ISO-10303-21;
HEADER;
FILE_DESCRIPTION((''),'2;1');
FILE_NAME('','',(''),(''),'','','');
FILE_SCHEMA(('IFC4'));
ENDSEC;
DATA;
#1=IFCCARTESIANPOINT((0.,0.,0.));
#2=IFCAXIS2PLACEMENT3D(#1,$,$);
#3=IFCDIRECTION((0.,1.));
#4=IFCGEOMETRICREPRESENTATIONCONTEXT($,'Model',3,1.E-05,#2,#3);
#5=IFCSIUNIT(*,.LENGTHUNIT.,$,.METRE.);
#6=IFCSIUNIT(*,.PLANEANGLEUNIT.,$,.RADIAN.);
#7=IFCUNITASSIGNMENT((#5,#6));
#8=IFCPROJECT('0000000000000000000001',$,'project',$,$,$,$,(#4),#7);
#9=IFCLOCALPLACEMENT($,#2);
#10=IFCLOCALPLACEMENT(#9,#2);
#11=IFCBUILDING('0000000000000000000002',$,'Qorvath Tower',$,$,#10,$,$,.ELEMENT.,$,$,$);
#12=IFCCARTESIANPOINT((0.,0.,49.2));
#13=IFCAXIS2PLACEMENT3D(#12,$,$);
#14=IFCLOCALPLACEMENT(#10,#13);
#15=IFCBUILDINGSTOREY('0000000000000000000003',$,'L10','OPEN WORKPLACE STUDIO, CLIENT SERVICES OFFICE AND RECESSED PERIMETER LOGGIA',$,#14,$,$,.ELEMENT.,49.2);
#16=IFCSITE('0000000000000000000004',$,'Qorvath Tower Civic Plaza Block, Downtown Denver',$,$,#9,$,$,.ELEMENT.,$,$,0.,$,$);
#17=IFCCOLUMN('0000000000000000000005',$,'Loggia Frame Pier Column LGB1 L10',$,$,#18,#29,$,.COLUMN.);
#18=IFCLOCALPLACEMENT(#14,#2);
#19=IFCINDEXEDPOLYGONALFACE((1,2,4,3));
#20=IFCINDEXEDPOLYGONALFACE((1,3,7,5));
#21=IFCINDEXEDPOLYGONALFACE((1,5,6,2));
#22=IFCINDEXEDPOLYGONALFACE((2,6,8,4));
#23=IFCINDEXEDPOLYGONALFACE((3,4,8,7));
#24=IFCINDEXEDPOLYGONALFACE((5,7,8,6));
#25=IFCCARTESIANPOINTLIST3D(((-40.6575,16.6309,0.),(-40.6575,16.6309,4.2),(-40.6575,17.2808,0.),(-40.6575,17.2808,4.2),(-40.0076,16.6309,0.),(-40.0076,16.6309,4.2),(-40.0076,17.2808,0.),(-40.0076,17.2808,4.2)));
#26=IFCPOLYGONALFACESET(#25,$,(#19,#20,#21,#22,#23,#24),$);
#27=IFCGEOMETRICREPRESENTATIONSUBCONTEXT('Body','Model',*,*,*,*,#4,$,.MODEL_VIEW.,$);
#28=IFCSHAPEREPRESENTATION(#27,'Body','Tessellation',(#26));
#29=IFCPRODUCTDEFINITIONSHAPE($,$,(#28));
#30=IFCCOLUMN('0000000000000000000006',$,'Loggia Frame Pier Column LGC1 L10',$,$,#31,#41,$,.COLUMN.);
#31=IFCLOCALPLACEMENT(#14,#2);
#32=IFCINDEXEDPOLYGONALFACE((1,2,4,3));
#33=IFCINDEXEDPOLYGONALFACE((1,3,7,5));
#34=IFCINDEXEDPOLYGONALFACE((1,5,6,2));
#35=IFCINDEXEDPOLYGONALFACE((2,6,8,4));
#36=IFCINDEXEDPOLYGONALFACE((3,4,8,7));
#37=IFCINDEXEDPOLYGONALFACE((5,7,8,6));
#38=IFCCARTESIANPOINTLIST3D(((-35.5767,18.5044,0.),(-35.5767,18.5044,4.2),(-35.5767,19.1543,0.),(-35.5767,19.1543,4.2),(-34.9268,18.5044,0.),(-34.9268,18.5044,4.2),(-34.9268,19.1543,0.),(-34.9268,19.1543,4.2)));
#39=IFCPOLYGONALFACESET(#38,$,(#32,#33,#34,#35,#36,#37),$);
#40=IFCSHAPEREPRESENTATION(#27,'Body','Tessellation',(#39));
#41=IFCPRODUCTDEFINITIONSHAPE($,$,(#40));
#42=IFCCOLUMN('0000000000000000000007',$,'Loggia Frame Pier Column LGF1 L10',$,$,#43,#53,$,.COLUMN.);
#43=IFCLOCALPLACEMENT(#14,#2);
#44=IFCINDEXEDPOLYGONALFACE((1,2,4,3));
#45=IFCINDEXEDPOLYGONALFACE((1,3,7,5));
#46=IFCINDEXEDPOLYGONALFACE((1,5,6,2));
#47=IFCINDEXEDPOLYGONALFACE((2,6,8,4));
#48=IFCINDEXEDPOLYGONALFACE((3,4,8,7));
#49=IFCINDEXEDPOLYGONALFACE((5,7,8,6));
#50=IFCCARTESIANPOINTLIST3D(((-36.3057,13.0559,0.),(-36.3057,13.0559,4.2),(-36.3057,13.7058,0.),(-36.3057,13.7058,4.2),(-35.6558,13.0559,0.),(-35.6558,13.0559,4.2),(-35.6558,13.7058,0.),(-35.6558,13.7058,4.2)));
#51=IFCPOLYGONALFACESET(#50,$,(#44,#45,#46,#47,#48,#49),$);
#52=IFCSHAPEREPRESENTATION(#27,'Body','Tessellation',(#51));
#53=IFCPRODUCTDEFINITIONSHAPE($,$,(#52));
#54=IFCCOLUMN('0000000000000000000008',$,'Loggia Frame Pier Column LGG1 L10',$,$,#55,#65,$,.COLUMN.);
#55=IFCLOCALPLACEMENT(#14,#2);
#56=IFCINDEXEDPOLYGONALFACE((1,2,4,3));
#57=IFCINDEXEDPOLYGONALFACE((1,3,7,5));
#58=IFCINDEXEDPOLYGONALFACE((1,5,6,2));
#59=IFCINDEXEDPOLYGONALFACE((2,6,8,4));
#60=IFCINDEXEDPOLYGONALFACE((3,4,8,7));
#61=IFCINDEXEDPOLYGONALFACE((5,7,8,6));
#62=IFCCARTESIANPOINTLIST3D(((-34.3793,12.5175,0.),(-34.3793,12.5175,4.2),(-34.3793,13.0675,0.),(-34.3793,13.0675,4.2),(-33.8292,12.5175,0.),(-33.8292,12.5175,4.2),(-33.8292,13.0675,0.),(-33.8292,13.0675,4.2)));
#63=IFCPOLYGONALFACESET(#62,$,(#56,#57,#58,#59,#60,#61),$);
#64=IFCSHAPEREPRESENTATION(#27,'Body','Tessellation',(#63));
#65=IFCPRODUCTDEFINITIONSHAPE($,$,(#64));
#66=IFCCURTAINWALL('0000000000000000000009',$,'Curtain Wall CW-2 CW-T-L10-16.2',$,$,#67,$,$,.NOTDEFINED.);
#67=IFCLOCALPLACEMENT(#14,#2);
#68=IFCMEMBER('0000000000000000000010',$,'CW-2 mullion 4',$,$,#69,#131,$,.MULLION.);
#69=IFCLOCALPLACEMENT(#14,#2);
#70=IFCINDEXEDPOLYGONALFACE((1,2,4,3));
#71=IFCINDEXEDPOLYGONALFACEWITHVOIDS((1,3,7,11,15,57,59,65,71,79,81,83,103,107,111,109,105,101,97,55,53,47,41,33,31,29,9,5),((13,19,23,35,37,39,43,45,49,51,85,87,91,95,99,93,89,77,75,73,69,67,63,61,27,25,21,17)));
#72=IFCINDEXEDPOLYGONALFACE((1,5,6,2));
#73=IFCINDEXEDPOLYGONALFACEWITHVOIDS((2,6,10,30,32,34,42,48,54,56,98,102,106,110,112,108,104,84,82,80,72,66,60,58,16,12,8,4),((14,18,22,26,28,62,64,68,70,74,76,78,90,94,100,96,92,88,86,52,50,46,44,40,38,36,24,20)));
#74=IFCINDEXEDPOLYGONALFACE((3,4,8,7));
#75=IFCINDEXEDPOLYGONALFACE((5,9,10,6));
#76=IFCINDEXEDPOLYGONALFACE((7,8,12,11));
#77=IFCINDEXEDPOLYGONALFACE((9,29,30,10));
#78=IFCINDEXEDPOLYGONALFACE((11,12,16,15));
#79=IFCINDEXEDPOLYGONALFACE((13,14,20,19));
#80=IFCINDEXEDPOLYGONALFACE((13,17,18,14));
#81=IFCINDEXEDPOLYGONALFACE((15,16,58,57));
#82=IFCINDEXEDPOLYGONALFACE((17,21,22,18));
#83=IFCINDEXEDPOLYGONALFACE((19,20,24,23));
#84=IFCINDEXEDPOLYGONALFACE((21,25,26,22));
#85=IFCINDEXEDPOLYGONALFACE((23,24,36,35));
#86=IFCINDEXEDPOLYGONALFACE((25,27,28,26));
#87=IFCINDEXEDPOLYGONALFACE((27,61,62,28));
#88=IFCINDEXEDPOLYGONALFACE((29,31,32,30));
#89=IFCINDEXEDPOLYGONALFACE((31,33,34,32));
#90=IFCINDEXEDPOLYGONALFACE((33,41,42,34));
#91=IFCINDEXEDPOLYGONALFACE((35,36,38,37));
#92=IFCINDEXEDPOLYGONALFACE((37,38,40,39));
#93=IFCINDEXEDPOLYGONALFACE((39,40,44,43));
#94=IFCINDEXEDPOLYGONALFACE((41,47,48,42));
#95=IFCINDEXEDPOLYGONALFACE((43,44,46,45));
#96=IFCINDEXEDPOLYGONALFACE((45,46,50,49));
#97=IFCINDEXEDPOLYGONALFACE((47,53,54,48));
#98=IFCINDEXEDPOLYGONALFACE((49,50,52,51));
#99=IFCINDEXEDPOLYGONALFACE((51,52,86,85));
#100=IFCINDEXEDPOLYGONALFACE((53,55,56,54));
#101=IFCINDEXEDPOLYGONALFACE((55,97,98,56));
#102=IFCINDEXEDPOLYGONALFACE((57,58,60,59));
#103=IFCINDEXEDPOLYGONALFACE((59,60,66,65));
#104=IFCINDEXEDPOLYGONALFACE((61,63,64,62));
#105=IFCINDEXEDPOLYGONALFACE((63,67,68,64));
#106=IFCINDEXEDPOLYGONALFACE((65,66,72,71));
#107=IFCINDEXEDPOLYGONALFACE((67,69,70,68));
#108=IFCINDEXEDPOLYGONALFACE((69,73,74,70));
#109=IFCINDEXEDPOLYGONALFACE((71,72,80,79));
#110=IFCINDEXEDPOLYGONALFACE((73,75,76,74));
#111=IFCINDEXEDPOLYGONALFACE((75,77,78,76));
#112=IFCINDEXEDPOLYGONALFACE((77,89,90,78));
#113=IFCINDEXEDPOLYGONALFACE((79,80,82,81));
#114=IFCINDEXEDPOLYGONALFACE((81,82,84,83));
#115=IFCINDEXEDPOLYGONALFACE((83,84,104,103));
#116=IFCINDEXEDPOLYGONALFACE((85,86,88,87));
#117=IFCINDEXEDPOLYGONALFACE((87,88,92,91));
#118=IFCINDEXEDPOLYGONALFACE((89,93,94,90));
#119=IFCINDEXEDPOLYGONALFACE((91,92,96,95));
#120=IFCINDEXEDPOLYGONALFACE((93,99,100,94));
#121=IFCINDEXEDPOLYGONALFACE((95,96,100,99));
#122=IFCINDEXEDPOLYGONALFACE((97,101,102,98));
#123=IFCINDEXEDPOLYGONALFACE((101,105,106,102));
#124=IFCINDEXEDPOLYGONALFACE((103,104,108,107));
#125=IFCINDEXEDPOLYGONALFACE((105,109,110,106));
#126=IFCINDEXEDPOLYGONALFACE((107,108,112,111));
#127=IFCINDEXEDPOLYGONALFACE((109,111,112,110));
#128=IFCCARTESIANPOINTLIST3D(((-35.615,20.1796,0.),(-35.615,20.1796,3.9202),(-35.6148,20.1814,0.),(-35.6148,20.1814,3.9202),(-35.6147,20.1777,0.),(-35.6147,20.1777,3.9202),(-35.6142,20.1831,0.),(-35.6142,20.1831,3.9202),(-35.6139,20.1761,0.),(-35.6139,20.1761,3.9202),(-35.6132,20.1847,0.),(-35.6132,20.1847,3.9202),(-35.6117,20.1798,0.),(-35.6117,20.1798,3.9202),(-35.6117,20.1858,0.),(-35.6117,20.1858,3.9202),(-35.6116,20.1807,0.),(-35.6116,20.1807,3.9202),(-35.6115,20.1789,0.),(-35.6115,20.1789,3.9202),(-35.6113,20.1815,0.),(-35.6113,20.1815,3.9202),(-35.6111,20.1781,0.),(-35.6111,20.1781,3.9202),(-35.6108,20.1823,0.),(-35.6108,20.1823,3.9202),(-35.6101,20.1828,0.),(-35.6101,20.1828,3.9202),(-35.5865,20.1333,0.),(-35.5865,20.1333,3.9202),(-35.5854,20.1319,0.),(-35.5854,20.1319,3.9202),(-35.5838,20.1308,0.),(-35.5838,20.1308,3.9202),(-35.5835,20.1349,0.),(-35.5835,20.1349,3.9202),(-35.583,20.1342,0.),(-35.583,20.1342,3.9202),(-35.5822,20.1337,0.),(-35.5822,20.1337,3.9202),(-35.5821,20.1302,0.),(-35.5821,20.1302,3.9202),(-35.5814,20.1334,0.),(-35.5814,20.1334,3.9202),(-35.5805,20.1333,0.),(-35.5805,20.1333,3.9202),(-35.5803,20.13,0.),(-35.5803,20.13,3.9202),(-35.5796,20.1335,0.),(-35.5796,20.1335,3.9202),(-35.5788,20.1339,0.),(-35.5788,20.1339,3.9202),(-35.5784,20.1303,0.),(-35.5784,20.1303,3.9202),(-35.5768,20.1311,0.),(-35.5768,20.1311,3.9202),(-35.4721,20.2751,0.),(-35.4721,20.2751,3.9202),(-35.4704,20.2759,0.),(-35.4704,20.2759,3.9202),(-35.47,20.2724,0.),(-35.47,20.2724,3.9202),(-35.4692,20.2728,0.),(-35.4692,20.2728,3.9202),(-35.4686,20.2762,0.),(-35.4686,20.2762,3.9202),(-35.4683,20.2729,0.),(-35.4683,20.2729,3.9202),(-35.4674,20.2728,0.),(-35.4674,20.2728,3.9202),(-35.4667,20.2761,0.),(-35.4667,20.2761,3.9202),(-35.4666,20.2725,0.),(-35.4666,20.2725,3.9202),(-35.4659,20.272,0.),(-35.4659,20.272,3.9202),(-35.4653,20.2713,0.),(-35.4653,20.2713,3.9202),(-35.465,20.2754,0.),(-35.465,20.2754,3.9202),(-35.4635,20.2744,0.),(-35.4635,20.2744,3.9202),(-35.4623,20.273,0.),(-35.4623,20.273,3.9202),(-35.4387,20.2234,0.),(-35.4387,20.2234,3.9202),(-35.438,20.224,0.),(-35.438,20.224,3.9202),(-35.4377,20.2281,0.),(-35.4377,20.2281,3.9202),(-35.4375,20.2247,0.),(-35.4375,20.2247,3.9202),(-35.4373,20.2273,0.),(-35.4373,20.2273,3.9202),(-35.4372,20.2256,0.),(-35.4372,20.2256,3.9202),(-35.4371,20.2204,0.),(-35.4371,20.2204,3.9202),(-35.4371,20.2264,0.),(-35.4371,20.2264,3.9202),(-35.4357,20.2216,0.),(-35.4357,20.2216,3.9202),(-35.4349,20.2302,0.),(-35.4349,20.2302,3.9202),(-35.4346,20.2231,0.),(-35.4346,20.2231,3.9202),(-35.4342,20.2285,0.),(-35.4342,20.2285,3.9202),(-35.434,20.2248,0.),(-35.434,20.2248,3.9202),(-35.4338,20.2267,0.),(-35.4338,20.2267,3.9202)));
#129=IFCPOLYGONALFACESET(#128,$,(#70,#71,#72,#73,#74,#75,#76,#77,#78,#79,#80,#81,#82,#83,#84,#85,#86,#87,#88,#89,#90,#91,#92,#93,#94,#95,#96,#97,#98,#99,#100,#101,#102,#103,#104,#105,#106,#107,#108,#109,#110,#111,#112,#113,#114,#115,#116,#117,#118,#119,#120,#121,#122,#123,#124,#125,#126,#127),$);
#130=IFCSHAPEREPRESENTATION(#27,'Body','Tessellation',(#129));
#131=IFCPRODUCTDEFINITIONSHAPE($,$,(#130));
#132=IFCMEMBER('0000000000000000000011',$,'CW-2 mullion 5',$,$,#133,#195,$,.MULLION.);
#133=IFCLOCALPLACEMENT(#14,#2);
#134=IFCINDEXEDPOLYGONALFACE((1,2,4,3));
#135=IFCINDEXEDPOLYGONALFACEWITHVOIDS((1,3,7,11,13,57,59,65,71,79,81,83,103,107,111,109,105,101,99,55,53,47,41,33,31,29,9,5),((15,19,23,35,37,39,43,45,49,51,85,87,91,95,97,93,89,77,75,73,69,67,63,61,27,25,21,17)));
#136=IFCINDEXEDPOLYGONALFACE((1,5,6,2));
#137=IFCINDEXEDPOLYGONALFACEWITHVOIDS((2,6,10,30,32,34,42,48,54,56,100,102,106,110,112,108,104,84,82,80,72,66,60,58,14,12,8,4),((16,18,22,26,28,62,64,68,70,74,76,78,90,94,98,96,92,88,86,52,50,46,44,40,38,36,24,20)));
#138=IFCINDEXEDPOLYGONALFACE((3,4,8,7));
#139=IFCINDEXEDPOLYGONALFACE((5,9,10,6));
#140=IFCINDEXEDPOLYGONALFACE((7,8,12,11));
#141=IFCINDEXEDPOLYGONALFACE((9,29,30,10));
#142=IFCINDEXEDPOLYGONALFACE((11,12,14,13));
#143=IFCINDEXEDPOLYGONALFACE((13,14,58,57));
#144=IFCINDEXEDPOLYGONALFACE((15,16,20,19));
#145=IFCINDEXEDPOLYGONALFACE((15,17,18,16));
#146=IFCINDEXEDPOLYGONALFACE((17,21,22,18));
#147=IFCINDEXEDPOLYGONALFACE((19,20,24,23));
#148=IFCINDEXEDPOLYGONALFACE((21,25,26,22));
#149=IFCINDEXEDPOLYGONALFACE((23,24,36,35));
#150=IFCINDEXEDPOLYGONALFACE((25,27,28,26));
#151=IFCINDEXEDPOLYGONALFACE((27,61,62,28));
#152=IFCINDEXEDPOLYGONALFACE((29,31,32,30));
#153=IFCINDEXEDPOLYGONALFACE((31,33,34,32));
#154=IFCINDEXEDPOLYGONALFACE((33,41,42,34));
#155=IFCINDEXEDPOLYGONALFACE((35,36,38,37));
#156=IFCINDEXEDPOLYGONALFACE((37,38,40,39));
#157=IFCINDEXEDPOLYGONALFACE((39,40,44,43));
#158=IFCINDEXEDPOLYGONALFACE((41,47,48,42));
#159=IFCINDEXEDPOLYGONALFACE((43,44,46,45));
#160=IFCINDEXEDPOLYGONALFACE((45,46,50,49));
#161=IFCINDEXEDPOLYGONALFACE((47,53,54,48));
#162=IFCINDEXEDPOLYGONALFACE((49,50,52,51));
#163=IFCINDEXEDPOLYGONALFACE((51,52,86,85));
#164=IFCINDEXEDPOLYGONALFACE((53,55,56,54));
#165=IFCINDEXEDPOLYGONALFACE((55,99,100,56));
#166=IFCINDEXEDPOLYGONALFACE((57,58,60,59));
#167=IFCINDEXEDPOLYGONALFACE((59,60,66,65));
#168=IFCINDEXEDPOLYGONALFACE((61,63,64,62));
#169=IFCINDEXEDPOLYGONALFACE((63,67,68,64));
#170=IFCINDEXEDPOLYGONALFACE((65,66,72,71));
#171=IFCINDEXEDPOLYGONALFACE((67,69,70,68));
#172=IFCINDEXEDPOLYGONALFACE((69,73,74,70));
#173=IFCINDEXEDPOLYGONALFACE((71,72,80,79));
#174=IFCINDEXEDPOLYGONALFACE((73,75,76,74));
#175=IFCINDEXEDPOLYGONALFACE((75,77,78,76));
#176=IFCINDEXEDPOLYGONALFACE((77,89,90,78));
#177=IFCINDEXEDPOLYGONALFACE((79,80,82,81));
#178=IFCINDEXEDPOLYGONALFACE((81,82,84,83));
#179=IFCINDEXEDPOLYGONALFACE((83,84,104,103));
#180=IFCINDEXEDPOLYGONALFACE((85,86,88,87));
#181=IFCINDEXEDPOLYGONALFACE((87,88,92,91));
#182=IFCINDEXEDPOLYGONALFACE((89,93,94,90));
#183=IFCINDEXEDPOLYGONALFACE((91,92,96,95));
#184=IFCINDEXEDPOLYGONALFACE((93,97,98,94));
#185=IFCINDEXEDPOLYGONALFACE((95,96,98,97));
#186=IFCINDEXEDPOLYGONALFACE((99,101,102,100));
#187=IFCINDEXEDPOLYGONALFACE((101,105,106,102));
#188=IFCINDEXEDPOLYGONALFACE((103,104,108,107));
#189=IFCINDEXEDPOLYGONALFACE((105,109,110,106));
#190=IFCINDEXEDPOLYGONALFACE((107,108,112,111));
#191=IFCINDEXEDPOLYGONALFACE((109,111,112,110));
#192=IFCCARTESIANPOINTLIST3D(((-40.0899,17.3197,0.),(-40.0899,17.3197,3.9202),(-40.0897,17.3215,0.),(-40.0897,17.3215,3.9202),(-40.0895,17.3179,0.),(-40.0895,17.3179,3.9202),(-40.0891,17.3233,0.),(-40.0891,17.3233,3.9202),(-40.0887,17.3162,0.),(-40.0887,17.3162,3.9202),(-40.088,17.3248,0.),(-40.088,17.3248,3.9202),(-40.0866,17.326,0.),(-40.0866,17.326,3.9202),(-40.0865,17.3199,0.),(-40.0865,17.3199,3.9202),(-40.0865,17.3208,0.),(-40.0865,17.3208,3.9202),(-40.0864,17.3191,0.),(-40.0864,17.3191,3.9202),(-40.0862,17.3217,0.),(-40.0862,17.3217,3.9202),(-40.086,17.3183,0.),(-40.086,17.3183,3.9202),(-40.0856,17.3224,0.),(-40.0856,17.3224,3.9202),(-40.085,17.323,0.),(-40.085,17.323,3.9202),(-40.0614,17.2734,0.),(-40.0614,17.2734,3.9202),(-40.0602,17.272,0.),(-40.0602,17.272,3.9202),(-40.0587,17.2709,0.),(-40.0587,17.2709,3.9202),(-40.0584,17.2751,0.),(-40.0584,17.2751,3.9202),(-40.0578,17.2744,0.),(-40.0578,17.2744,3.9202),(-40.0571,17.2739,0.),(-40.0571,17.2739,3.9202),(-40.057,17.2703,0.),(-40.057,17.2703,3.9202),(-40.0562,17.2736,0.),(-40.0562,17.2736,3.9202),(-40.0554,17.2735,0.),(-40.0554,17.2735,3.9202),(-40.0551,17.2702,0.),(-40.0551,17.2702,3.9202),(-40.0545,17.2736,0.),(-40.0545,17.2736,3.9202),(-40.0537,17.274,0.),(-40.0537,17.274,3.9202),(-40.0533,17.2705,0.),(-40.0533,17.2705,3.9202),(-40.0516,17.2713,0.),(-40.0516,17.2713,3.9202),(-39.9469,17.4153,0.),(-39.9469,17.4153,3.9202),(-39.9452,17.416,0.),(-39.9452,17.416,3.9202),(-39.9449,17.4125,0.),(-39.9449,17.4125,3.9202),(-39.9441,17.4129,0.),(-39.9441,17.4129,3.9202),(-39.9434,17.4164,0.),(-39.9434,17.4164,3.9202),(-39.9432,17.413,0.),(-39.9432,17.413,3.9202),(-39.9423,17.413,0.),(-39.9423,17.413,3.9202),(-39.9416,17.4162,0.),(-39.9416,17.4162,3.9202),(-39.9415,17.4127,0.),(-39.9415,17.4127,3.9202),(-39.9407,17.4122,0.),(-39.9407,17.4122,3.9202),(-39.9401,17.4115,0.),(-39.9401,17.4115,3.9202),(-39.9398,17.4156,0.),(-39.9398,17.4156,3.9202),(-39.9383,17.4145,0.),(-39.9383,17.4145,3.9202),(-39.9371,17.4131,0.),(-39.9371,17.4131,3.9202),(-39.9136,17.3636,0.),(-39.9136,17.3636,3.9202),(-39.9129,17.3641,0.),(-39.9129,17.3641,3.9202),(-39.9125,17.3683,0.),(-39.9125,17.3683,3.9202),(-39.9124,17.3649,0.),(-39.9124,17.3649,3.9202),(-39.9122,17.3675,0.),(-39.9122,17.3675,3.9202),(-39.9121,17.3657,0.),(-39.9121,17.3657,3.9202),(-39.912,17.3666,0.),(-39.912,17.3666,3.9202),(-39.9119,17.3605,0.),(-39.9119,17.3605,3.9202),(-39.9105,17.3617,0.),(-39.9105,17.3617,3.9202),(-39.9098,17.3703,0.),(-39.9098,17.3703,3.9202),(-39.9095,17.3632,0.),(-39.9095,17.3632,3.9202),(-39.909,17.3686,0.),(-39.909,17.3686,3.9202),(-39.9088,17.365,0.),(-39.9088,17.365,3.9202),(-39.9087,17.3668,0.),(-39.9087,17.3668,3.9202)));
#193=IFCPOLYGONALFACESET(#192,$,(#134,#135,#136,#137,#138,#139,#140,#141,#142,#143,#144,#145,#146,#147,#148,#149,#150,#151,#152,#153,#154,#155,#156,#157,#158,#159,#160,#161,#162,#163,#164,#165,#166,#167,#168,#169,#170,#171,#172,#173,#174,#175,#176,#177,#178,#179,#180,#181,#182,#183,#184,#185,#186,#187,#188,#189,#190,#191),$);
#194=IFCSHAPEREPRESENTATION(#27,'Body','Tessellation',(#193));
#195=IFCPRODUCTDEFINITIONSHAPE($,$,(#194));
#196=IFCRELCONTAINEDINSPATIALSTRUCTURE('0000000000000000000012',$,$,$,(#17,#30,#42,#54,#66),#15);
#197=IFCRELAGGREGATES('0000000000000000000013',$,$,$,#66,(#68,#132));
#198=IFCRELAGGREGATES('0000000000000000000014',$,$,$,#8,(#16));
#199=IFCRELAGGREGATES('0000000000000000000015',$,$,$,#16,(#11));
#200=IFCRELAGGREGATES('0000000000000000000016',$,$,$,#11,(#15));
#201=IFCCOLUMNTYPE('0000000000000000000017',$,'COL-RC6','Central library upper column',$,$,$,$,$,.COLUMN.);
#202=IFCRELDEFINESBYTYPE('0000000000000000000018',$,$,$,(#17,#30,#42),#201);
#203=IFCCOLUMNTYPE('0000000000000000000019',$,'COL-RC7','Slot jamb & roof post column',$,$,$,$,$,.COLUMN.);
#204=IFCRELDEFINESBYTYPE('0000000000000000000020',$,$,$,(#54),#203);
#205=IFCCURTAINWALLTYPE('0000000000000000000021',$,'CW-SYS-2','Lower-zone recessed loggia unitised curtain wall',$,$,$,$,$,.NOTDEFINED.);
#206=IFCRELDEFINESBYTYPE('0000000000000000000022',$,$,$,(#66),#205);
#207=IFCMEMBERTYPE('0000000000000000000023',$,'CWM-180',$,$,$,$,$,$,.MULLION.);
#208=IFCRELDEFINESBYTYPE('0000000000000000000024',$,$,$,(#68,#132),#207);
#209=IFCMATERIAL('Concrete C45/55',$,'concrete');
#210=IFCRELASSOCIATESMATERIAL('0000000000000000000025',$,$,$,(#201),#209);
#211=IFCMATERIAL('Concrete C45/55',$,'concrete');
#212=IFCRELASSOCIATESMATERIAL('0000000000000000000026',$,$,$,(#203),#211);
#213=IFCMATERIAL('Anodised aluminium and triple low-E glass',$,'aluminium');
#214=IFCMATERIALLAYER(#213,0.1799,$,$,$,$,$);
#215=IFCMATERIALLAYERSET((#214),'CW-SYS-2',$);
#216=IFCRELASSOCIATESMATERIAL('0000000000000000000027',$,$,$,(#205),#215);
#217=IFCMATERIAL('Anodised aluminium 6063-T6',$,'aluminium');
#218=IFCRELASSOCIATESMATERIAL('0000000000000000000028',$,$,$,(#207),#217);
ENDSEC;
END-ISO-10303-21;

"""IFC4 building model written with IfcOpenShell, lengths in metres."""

from ifc_helpers import new_model, si_unit, direction, frame, origin, origin_2d, place, context, subcontext, project, spatial, rectangle, hollow_rectangle, extrude, material, layer, layer_set, material_profile, profile_set, type_object, element, aggregate, save


model = new_model("IFC4")

# Units and contexts
model_context = context("Model", 3, precision=1e-05, world=origin(), true_north=direction((0.0, 1.0)))
body_context = subcontext(model_context, "Body", "Model", "MODEL_VIEW")
ifc_project = project(units=[si_unit("LENGTHUNIT", "METRE"), si_unit("PLANEANGLEUNIT", "RADIAN")], contexts=[model_context])

# Site, building, storey
site_placement = place(None, origin())
site = spatial("IfcSite", under=ifc_project, at=site_placement, Name="Qorvath Tower Civic Plaza Block, Downtown Denver", CompositionType="ELEMENT", RefElevation=0.0)
building_placement = place(site_placement, origin())
building = spatial("IfcBuilding", under=site, at=building_placement, Name="Qorvath Tower", CompositionType="ELEMENT")
storey_placement = place(building_placement, frame((0.0, 0.0, 49.2)))
storey = spatial("IfcBuildingStorey", under=building, at=storey_placement, Name="L10", Description="OPEN WORKPLACE STUDIO, CLIENT SERVICES OFFICE AND RECESSED PERIMETER LOGGIA", CompositionType="ELEMENT", Elevation=49.2)

# Columns
ifc_material_1 = material(Name="Concrete C45/55", Category="concrete")
ifc_material_profile_1 = material_profile(ifc_material_1, rectangle(XDim=0.6499, YDim=0.6499, at=origin_2d()), Name="RC 650x650")
ifc_profile_set_1 = profile_set([ifc_material_profile_1], Name="Concrete C45/55")
column_type_1 = type_object("IfcColumnType", Name="COL-RC6", Description="Central library upper column", PredefinedType="COLUMN", material=ifc_profile_set_1)
for number, where, z_axis, x_axis, name in (
    (1, (-40.3325, 16.9558, 0.0), (0.0, 0.0, 1.0), (1.0, 0.0, 0.0), "Loggia Frame Pier Column LGB1 L10"),
    (2, (-35.2517, 18.8293, 0.0), (0.0, 0.0, 1.0), (1.0, 0.0, 0.0), "Loggia Frame Pier Column LGC1 L10"),
    (3, (-35.9807, 13.3809, 0.0), (0.0, 0.0, 1.0), (1.0, 0.0, 0.0), "Loggia Frame Pier Column LGF1 L10"),
):
    element("IfcColumn", number, at=place(storey_placement, frame(where, z_axis=z_axis, x_axis=x_axis)), inside=storey, type_object=column_type_1, Name=name, PredefinedType="COLUMN", context=body_context, shape_type="SweptSolid", body=[
        extrude(rectangle(XDim=0.6499, YDim=0.6499, at=origin_2d()), origin(), (0.0, 0.0, 1.0), 4.2),
    ])
ifc_material_2 = material(Name="Concrete C45/55", Category="concrete")
ifc_material_profile_2 = material_profile(ifc_material_2, rectangle(XDim=0.55, YDim=0.55, at=origin_2d()), Name="RC 550x550")
ifc_profile_set_2 = profile_set([ifc_material_profile_2], Name="Concrete C45/55")
column_type_2 = type_object("IfcColumnType", Name="COL-RC7", Description="Slot jamb & roof post column", PredefinedType="COLUMN", material=ifc_profile_set_2)
column_placement = place(storey_placement, frame((-34.1042, 12.7925, 0.0), z_axis=(0.0, 0.0, 1.0), x_axis=(1.0, 0.0, 0.0)))
element("IfcColumn", 4, at=column_placement, inside=storey, type_object=column_type_2, Name="Loggia Frame Pier Column LGG1 L10", PredefinedType="COLUMN", context=body_context, shape_type="SweptSolid", body=[
    extrude(rectangle(XDim=0.55, YDim=0.55, at=origin_2d()), origin(), (0.0, 0.0, 1.0), 4.2),
])

# Curtain wall, members
ifc_material_3 = material(Name="Anodised aluminium and triple low-E glass", Category="aluminium")
ifc_layer_1 = layer(ifc_material_3, 0.1799)
ifc_layer_set_1 = layer_set([ifc_layer_1], Name="CW-SYS-2")
curtain_wall_type = type_object("IfcCurtainWallType", Name="CW-SYS-2", Description="Lower-zone recessed loggia unitised curtain wall", PredefinedType="NOTDEFINED", material=ifc_layer_set_1)
curtain_wall_1_placement = place(storey_placement, origin())
curtain_wall_1 = element("IfcCurtainWall", 5, at=curtain_wall_1_placement, inside=storey, type_object=curtain_wall_type, Name="Curtain Wall CW-2 CW-T-L10-16.2", PredefinedType="NOTDEFINED")
ifc_material_4 = material(Name="Anodised aluminium 6063-T6", Category="aluminium")
ifc_material_profile_3 = material_profile(ifc_material_4, hollow_rectangle(XDim=0.0649, YDim=0.1799, WallThickness=0.0034, InnerFilletRadius=0.0034, OuterFilletRadius=0.0071, at=origin_2d()), Name="CWM 180x65")
ifc_profile_set_3 = profile_set([ifc_material_profile_3], Name="Anodised aluminium 6063-T6")
member_type_1 = type_object("IfcMemberType", Name="CWM-180", PredefinedType="MULLION", material=ifc_profile_set_3)
member_1_placement = place(storey_placement, frame((-35.5244, 20.2031, 0.0), z_axis=(0.0, 0.0, 1.0), x_axis=(0.538541, -0.842599, 0.0)))
member_1 = element("IfcMember", 6, at=member_1_placement, type_object=member_type_1, Name="CW-2 mullion 4", PredefinedType="MULLION", context=body_context, shape_type="SweptSolid", body=[
    extrude(hollow_rectangle(XDim=0.0649, YDim=0.1799, WallThickness=0.0034, InnerFilletRadius=0.0034, OuterFilletRadius=0.0071, at=origin_2d()), origin(), (0.0, 0.0, 1.0), 3.9202),
])
member_2_placement = place(storey_placement, frame((-39.9993, 17.3433, 0.0), z_axis=(0.0, 0.0, 1.0), x_axis=(0.538541, -0.842599, 0.0)))
member_2 = element("IfcMember", 7, at=member_2_placement, type_object=member_type_1, Name="CW-2 mullion 5", PredefinedType="MULLION", context=body_context, shape_type="SweptSolid", body=[
    extrude(hollow_rectangle(XDim=0.0649, YDim=0.1799, WallThickness=0.0034, InnerFilletRadius=0.0034, OuterFilletRadius=0.0071, at=origin_2d()), origin(), (0.0, 0.0, 1.0), 3.9202),
])

aggregate(curtain_wall_1, [member_1, member_2])

save(model, "model.ifc")
